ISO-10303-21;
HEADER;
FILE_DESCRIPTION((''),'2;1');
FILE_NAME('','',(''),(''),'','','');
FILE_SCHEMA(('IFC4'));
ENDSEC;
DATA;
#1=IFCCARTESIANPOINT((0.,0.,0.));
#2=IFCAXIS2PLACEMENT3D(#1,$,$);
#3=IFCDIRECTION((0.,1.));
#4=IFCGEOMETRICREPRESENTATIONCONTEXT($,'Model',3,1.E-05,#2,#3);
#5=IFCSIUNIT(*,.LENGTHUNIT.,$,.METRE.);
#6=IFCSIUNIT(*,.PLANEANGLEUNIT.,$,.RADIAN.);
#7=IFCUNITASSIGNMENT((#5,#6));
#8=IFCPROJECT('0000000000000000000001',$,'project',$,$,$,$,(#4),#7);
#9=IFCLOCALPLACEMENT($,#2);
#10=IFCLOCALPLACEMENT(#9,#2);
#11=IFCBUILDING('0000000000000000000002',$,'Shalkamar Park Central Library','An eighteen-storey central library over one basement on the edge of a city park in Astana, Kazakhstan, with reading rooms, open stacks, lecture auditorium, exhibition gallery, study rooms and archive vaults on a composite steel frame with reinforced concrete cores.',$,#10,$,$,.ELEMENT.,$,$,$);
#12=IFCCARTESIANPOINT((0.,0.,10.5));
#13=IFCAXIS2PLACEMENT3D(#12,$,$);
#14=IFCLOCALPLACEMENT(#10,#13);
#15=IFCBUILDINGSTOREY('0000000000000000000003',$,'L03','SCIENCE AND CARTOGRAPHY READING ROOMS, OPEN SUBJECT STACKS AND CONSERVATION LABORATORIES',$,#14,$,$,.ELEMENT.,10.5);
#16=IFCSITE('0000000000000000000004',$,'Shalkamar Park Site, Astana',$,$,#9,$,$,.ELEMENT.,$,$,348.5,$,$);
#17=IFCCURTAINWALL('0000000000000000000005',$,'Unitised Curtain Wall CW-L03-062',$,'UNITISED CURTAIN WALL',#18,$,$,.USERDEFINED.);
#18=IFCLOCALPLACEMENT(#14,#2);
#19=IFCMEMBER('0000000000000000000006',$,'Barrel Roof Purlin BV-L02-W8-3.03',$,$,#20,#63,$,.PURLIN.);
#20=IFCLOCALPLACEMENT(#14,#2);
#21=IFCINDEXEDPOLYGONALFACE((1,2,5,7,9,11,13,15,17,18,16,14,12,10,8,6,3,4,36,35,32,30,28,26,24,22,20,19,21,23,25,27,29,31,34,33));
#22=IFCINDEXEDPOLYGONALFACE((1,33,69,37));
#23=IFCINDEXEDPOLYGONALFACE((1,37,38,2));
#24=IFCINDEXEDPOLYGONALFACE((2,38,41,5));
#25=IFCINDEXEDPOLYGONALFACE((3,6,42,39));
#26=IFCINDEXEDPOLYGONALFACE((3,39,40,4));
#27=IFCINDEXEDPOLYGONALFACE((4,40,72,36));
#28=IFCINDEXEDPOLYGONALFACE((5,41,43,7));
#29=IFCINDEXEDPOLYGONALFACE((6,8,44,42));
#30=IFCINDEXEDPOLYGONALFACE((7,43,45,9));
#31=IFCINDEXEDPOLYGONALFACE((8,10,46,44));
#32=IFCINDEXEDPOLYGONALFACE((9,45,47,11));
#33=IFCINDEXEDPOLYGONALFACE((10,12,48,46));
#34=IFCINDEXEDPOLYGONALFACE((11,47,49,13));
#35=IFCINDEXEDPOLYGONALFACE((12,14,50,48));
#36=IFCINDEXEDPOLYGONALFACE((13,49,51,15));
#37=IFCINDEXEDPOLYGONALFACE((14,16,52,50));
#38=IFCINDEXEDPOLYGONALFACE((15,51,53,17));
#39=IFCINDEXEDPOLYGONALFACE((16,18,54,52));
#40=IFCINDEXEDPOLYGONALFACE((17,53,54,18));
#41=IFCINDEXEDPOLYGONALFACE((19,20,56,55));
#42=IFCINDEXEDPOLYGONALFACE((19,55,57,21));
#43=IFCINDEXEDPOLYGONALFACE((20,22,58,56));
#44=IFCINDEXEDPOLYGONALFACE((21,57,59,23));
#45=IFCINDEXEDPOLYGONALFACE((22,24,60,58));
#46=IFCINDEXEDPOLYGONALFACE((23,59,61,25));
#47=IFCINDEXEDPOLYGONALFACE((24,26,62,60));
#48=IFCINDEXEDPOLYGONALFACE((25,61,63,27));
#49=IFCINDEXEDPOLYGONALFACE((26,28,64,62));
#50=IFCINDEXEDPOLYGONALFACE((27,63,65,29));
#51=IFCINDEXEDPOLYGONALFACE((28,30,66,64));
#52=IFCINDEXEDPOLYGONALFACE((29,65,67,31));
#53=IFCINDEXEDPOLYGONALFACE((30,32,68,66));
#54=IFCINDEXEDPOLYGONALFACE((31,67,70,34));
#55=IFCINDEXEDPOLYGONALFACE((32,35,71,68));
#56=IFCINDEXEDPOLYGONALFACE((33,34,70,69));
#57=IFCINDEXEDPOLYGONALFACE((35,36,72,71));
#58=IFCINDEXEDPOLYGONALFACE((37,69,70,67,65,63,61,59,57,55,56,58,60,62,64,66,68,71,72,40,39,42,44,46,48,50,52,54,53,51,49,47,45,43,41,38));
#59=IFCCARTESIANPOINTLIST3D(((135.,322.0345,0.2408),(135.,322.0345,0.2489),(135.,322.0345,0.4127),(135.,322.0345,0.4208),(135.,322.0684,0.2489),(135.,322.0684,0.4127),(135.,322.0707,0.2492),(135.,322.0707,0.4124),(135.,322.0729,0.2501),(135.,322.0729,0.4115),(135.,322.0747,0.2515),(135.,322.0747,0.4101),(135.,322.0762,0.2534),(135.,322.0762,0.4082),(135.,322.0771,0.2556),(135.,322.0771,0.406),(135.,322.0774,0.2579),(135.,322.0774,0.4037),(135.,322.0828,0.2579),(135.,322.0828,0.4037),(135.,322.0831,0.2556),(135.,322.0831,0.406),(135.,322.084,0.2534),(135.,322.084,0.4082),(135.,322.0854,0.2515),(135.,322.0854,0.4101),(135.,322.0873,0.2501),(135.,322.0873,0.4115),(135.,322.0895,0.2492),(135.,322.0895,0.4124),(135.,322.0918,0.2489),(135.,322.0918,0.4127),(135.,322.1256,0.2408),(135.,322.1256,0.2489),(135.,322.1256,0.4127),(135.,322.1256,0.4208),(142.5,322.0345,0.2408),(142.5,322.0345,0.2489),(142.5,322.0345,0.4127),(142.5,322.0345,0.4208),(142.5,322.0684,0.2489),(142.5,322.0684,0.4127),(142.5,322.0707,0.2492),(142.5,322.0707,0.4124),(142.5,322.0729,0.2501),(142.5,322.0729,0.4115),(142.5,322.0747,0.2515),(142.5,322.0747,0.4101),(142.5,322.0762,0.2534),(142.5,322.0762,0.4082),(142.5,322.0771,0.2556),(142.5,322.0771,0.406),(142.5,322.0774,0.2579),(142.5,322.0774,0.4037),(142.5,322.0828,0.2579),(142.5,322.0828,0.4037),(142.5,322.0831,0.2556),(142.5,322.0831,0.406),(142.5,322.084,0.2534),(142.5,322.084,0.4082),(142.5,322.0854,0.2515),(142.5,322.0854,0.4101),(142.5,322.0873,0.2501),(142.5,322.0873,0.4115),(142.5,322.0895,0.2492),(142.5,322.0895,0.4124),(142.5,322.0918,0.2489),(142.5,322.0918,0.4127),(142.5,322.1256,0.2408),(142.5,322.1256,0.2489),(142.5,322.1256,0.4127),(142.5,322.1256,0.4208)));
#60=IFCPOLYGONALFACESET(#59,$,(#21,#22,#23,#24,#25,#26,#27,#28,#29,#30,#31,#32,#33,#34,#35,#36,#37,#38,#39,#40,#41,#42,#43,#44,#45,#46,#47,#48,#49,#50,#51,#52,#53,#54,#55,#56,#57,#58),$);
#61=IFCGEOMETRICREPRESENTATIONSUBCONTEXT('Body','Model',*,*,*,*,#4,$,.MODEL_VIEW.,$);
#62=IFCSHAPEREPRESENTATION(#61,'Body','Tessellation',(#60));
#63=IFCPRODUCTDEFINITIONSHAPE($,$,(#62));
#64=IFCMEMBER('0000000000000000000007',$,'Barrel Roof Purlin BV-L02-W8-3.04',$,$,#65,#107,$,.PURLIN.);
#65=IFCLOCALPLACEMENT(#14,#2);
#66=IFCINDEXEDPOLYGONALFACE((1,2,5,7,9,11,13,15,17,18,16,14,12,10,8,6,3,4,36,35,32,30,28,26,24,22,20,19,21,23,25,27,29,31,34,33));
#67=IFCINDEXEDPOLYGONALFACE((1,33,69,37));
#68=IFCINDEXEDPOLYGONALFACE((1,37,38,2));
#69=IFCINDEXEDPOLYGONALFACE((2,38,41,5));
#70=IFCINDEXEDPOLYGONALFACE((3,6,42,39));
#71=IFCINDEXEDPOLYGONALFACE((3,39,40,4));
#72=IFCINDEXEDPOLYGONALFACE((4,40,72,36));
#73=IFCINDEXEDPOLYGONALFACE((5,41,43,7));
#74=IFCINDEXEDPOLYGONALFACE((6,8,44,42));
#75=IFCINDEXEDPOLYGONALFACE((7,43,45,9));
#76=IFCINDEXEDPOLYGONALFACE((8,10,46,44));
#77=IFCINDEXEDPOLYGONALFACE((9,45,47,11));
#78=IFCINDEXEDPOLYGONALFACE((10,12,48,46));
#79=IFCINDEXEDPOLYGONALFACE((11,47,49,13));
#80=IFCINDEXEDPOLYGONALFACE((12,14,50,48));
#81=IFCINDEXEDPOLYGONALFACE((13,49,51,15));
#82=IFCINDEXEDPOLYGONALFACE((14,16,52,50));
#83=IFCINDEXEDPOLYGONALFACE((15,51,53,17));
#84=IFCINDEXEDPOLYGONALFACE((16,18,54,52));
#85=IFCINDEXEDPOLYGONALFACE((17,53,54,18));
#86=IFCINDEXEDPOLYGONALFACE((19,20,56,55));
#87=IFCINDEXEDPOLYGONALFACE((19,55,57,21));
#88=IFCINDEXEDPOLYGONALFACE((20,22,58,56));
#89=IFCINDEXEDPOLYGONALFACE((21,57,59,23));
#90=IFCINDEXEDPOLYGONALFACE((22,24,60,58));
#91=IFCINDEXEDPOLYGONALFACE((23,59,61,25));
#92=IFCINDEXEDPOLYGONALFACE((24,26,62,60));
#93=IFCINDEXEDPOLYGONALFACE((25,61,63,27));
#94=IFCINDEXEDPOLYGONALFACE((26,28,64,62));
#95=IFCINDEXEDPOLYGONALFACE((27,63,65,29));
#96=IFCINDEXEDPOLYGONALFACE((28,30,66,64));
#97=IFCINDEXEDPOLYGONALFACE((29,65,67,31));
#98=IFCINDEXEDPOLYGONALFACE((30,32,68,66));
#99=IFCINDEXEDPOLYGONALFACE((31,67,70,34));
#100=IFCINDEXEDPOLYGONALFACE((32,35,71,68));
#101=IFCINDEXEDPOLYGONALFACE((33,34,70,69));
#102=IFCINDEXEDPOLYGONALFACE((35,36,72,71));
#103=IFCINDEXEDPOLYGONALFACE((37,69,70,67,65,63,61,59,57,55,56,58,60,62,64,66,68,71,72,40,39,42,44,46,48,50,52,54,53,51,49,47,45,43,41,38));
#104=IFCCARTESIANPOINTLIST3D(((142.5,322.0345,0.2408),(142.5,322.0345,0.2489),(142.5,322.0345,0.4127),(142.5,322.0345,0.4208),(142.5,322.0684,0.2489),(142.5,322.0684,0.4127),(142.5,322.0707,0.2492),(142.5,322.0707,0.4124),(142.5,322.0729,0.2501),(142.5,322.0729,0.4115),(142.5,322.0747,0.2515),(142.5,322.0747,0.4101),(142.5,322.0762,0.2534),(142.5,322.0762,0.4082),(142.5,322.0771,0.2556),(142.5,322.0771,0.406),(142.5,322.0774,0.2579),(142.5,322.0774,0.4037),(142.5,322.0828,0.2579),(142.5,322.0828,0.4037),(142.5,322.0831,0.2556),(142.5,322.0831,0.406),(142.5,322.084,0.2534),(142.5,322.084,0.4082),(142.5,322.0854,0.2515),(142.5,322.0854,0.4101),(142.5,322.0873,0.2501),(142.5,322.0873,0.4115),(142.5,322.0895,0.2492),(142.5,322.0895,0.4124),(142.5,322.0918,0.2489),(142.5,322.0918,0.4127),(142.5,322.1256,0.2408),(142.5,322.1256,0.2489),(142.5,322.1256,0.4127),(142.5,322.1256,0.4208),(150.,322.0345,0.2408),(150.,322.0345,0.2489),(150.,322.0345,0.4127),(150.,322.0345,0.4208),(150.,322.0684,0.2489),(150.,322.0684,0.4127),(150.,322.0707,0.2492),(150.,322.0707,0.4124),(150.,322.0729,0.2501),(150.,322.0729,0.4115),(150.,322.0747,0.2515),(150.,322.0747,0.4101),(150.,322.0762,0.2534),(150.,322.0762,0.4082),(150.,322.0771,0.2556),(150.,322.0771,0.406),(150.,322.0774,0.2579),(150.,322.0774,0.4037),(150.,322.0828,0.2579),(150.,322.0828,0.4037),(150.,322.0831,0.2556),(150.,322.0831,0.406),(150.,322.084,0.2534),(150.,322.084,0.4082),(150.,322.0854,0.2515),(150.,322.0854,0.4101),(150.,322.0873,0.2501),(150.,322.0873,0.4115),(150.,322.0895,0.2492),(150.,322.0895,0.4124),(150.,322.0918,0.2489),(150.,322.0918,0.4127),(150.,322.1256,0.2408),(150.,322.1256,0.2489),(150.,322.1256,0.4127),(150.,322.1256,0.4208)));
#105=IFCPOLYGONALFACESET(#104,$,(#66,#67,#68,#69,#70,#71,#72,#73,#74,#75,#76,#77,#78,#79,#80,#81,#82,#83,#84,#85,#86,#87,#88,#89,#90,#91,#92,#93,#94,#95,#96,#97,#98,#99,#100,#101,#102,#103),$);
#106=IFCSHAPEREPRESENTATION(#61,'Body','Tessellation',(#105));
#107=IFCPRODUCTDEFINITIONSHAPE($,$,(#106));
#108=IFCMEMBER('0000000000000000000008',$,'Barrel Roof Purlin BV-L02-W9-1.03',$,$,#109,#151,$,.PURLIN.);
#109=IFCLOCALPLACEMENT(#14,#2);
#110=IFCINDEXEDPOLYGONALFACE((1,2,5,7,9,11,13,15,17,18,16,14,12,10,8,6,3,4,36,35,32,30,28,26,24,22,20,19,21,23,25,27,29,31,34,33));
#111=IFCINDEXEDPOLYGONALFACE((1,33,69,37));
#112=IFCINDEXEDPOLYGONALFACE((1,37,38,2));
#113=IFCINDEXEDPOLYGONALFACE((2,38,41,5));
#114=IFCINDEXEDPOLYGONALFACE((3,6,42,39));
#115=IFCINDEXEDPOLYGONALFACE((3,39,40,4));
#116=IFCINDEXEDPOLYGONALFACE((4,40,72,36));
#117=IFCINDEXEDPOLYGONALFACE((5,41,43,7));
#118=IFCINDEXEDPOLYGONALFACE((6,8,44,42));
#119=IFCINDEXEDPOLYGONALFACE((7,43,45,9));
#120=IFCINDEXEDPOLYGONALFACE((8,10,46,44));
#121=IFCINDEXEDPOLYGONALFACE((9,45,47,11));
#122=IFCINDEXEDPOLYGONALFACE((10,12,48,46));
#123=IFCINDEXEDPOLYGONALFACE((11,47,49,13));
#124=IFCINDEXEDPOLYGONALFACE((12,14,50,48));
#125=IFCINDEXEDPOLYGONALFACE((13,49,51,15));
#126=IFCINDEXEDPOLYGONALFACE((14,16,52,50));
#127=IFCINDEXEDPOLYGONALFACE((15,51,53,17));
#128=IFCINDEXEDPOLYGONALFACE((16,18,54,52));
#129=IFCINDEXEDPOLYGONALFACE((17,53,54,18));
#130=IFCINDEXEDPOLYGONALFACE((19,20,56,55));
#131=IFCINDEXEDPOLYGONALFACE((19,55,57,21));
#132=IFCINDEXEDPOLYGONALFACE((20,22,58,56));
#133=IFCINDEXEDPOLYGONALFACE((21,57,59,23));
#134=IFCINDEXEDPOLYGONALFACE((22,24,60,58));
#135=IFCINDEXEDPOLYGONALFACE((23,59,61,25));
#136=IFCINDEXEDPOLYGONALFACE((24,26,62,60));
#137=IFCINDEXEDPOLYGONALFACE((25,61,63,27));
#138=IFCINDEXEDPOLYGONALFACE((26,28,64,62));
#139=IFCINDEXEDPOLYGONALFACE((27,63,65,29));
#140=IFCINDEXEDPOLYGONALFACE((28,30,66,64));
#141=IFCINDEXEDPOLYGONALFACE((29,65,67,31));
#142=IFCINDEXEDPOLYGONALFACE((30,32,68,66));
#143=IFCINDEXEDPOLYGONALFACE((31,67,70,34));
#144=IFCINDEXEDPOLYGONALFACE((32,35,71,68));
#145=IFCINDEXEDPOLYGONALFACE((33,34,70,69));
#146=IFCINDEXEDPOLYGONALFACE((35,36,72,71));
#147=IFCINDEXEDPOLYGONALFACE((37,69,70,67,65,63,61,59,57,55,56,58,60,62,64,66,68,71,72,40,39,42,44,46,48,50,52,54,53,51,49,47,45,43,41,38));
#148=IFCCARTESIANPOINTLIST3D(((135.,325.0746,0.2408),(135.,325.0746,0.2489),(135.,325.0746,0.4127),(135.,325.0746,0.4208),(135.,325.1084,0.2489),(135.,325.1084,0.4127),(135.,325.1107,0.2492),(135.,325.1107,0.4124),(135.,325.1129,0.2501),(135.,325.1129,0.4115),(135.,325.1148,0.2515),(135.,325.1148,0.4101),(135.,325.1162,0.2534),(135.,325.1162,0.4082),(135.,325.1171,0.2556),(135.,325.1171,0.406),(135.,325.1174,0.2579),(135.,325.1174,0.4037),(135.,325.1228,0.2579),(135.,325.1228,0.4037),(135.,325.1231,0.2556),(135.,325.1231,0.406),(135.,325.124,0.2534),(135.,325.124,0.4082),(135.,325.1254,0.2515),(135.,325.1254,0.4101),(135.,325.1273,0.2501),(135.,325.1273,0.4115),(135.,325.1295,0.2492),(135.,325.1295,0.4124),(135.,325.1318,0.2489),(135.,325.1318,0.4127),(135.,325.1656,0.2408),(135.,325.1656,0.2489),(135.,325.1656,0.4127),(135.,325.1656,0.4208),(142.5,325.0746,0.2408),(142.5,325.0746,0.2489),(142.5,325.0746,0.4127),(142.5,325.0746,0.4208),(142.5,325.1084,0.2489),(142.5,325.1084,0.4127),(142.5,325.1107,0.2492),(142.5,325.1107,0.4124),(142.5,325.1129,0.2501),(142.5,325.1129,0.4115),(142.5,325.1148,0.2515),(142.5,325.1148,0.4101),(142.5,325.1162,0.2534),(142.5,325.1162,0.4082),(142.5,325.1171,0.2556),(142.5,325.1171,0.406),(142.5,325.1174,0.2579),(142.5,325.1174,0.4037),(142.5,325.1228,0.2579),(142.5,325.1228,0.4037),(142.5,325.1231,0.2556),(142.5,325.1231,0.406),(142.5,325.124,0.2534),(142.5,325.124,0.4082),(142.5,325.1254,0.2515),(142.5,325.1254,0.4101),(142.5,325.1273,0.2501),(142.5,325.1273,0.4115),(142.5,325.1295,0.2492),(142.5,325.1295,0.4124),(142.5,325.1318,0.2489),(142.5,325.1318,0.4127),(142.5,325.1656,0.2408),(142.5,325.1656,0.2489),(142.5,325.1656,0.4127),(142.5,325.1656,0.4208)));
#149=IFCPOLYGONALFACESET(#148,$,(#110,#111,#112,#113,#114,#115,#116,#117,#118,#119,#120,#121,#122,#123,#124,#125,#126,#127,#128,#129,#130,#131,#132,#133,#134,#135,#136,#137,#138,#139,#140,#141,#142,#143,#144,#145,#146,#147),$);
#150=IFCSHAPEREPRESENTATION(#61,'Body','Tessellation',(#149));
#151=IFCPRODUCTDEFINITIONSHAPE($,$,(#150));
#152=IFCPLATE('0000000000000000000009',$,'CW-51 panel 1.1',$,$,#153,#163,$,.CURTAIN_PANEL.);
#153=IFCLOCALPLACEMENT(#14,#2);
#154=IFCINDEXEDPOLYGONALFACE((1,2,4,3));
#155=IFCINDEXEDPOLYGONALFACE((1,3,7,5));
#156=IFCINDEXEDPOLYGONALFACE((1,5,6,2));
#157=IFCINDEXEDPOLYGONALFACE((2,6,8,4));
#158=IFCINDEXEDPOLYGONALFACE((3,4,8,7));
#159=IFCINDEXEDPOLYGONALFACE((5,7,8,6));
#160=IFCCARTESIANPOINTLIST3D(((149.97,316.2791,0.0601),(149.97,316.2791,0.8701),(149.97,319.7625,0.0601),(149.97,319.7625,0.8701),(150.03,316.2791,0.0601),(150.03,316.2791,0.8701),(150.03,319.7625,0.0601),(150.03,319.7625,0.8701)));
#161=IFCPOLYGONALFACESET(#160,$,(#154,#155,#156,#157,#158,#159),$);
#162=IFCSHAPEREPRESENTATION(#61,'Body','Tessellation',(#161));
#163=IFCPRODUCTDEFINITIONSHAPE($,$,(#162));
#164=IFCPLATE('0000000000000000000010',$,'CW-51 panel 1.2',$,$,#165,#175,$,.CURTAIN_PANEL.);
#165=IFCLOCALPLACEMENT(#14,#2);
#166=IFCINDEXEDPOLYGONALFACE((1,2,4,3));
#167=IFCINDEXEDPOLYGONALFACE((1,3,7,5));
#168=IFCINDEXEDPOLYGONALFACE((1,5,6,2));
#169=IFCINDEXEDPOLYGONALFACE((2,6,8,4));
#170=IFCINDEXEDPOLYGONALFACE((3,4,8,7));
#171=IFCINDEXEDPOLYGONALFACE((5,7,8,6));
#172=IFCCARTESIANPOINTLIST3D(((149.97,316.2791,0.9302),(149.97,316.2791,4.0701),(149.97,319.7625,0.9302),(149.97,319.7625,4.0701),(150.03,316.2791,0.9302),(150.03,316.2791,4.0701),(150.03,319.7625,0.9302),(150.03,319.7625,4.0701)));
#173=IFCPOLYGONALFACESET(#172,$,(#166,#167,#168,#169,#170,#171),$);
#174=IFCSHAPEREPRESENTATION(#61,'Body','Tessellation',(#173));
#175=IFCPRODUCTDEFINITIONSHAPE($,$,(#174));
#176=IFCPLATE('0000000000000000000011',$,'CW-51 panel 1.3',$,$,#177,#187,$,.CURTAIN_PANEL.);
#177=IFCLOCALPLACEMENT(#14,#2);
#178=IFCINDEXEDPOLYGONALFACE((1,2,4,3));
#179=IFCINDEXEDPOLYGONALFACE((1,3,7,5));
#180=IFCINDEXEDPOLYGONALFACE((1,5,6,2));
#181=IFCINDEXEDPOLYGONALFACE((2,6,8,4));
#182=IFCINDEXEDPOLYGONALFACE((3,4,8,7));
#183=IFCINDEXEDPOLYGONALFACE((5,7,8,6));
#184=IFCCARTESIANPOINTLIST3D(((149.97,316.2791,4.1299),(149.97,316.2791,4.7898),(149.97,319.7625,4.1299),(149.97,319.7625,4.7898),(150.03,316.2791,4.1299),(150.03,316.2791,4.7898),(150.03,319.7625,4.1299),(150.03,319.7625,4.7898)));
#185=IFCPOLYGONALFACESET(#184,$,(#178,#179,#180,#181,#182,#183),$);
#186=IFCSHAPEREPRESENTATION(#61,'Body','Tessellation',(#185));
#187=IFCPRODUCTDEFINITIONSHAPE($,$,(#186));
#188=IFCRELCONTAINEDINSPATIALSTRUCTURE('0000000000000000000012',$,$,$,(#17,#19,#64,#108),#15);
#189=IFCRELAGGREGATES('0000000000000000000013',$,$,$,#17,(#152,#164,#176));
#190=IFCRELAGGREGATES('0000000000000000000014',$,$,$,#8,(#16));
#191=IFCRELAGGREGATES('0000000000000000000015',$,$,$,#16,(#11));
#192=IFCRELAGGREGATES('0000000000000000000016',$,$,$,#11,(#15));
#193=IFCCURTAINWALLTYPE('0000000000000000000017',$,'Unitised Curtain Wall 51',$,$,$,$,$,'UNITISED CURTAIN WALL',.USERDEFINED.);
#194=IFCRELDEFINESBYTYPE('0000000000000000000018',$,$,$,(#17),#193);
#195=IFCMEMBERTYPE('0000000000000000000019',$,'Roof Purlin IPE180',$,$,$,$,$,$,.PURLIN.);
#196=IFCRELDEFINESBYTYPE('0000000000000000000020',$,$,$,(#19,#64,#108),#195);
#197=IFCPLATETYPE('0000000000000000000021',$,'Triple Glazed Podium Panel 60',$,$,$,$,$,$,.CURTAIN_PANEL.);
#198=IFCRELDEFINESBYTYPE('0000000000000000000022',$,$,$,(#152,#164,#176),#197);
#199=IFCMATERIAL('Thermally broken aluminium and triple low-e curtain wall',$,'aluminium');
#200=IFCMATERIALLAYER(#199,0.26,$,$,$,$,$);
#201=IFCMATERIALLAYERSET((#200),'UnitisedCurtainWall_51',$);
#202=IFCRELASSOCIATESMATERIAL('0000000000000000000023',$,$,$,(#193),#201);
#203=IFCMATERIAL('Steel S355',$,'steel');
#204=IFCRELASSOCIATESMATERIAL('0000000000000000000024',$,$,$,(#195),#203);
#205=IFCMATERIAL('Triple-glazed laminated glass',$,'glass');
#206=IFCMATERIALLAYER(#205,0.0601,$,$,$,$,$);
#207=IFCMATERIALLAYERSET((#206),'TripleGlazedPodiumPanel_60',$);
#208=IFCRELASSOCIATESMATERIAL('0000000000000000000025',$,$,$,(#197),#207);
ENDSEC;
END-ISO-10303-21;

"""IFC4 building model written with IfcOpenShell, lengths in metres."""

from ifc_helpers import new_model, si_unit, direction, frame, origin, origin_2d, place, context, subcontext, project, spatial, rectangle, i_section, extrude, material, layer, layer_set, material_profile, profile_set, type_object, element, aggregate, save


model = new_model("IFC4")

# Units and contexts
model_context = context("Model", 3, precision=1e-05, world=origin(), true_north=direction((0.0, 1.0)))
body_context = subcontext(model_context, "Body", "Model", "MODEL_VIEW")
ifc_project = project(units=[si_unit("LENGTHUNIT", "METRE"), si_unit("PLANEANGLEUNIT", "RADIAN")], contexts=[model_context])

# Site, building, storey
site_placement = place(None, origin())
site = spatial("IfcSite", under=ifc_project, at=site_placement, Name="Shalkamar Park Site, Astana", CompositionType="ELEMENT", RefElevation=348.5)
building_placement = place(site_placement, origin())
building = spatial("IfcBuilding", under=site, at=building_placement, Name="Shalkamar Park Central Library", Description="An eighteen-storey central library over one basement on the edge of a city park in Astana, Kazakhstan, with reading rooms, open stacks, lecture auditorium, exhibition gallery, study rooms and archive vaults on a composite steel frame with reinforced concrete cores.", CompositionType="ELEMENT")
storey_placement = place(building_placement, frame((0.0, 0.0, 10.5)))
storey = spatial("IfcBuildingStorey", under=building, at=storey_placement, Name="L03", Description="SCIENCE AND CARTOGRAPHY READING ROOMS, OPEN SUBJECT STACKS AND CONSERVATION LABORATORIES", CompositionType="ELEMENT", Elevation=10.5)

# Curtain wall
ifc_material_1 = material(Name="Thermally broken aluminium and triple low-e curtain wall", Category="aluminium")
ifc_layer_1 = layer(ifc_material_1, 0.26)
ifc_layer_set_1 = layer_set([ifc_layer_1], Name="UnitisedCurtainWall_51")
curtain_wall_type = type_object("IfcCurtainWallType", Name="Unitised Curtain Wall 51", ElementType="UNITISED CURTAIN WALL", PredefinedType="USERDEFINED", material=ifc_layer_set_1)
curtain_wall_placement = place(storey_placement, origin())
curtain_wall = element("IfcCurtainWall", 1, at=curtain_wall_placement, inside=storey, type_object=curtain_wall_type, Name="Unitised Curtain Wall CW-L03-062", ObjectType="UNITISED CURTAIN WALL", PredefinedType="USERDEFINED")

# Members
ifc_material_2 = material(Name="Steel S355", Category="steel")
ifc_material_profile_1 = material_profile(ifc_material_2, i_section(OverallWidth=0.0911, OverallDepth=0.1799, WebThickness=0.0054, FlangeThickness=0.0081, FilletRadius=0.009, at=origin_2d()), Name="IPE 180")
ifc_profile_set_1 = profile_set([ifc_material_profile_1], Name="Steel S355")
member_type_1 = type_object("IfcMemberType", Name="Roof Purlin IPE180", PredefinedType="PURLIN", material=ifc_profile_set_1)
for number, where, z_axis, x_axis, name in (
    (2, (135.0, 322.0801, 0.3308), (1.0, 0.0, 0.0), (0.0, 1.0, 0.0), "Barrel Roof Purlin BV-L02-W8-3.03"),
    (3, (142.5, 322.0801, 0.3308), (1.0, 0.0, 0.0), (0.0, 1.0, 0.0), "Barrel Roof Purlin BV-L02-W8-3.04"),
    (4, (135.0, 325.1201, 0.3308), (1.0, 0.0, 0.0), (0.0, 1.0, 0.0), "Barrel Roof Purlin BV-L02-W9-1.03"),
):
    element("IfcMember", number, at=place(storey_placement, frame(where, z_axis=z_axis, x_axis=x_axis)), inside=storey, type_object=member_type_1, Name=name, PredefinedType="PURLIN", context=body_context, shape_type="SweptSolid", body=[
        extrude(i_section(OverallWidth=0.0911, OverallDepth=0.1799, WebThickness=0.0054, FlangeThickness=0.0081, FilletRadius=0.009, at=origin_2d()), origin(), (0.0, 0.0, 1.0), 7.5),
    ])

# Plates
ifc_material_3 = material(Name="Triple-glazed laminated glass", Category="glass")
ifc_layer_2 = layer(ifc_material_3, 0.0601)
ifc_layer_set_2 = layer_set([ifc_layer_2], Name="TripleGlazedPodiumPanel_60")
plate_type = type_object("IfcPlateType", Name="Triple Glazed Podium Panel 60", PredefinedType="CURTAIN_PANEL", material=ifc_layer_set_2)
plate_1_placement = place(storey_placement, frame((150.0, 318.0208, 0.0601), z_axis=(0.0, 0.0, 1.0), x_axis=(0.0, 1.0, 0.0)))
plate_1 = element("IfcPlate", 5, at=plate_1_placement, type_object=plate_type, Name="CW-51 panel 1.1", PredefinedType="CURTAIN_PANEL", context=body_context, shape_type="SweptSolid", body=[
    extrude(rectangle(XDim=3.4834, YDim=0.0601, at=origin_2d()), origin(), (0.0, 0.0, 1.0), 0.8101),
])
plate_2_placement = place(storey_placement, frame((150.0, 318.0208, 0.9302), z_axis=(0.0, 0.0, 1.0), x_axis=(0.0, 1.0, 0.0)))
plate_2 = element("IfcPlate", 6, at=plate_2_placement, type_object=plate_type, Name="CW-51 panel 1.2", PredefinedType="CURTAIN_PANEL", context=body_context, shape_type="SweptSolid", body=[
    extrude(rectangle(XDim=3.4834, YDim=0.0601, at=origin_2d()), origin(), (0.0, 0.0, 1.0), 3.1399),
])
plate_3_placement = place(storey_placement, frame((150.0, 318.0208, 4.1299), z_axis=(0.0, 0.0, 1.0), x_axis=(0.0, 1.0, 0.0)))
plate_3 = element("IfcPlate", 7, at=plate_3_placement, type_object=plate_type, Name="CW-51 panel 1.3", PredefinedType="CURTAIN_PANEL", context=body_context, shape_type="SweptSolid", body=[
    extrude(rectangle(XDim=3.4834, YDim=0.0601, at=origin_2d()), origin(), (0.0, 0.0, 1.0), 0.6599),
])
aggregate(curtain_wall, [plate_1, plate_2, plate_3])

save(model, "model.ifc")
